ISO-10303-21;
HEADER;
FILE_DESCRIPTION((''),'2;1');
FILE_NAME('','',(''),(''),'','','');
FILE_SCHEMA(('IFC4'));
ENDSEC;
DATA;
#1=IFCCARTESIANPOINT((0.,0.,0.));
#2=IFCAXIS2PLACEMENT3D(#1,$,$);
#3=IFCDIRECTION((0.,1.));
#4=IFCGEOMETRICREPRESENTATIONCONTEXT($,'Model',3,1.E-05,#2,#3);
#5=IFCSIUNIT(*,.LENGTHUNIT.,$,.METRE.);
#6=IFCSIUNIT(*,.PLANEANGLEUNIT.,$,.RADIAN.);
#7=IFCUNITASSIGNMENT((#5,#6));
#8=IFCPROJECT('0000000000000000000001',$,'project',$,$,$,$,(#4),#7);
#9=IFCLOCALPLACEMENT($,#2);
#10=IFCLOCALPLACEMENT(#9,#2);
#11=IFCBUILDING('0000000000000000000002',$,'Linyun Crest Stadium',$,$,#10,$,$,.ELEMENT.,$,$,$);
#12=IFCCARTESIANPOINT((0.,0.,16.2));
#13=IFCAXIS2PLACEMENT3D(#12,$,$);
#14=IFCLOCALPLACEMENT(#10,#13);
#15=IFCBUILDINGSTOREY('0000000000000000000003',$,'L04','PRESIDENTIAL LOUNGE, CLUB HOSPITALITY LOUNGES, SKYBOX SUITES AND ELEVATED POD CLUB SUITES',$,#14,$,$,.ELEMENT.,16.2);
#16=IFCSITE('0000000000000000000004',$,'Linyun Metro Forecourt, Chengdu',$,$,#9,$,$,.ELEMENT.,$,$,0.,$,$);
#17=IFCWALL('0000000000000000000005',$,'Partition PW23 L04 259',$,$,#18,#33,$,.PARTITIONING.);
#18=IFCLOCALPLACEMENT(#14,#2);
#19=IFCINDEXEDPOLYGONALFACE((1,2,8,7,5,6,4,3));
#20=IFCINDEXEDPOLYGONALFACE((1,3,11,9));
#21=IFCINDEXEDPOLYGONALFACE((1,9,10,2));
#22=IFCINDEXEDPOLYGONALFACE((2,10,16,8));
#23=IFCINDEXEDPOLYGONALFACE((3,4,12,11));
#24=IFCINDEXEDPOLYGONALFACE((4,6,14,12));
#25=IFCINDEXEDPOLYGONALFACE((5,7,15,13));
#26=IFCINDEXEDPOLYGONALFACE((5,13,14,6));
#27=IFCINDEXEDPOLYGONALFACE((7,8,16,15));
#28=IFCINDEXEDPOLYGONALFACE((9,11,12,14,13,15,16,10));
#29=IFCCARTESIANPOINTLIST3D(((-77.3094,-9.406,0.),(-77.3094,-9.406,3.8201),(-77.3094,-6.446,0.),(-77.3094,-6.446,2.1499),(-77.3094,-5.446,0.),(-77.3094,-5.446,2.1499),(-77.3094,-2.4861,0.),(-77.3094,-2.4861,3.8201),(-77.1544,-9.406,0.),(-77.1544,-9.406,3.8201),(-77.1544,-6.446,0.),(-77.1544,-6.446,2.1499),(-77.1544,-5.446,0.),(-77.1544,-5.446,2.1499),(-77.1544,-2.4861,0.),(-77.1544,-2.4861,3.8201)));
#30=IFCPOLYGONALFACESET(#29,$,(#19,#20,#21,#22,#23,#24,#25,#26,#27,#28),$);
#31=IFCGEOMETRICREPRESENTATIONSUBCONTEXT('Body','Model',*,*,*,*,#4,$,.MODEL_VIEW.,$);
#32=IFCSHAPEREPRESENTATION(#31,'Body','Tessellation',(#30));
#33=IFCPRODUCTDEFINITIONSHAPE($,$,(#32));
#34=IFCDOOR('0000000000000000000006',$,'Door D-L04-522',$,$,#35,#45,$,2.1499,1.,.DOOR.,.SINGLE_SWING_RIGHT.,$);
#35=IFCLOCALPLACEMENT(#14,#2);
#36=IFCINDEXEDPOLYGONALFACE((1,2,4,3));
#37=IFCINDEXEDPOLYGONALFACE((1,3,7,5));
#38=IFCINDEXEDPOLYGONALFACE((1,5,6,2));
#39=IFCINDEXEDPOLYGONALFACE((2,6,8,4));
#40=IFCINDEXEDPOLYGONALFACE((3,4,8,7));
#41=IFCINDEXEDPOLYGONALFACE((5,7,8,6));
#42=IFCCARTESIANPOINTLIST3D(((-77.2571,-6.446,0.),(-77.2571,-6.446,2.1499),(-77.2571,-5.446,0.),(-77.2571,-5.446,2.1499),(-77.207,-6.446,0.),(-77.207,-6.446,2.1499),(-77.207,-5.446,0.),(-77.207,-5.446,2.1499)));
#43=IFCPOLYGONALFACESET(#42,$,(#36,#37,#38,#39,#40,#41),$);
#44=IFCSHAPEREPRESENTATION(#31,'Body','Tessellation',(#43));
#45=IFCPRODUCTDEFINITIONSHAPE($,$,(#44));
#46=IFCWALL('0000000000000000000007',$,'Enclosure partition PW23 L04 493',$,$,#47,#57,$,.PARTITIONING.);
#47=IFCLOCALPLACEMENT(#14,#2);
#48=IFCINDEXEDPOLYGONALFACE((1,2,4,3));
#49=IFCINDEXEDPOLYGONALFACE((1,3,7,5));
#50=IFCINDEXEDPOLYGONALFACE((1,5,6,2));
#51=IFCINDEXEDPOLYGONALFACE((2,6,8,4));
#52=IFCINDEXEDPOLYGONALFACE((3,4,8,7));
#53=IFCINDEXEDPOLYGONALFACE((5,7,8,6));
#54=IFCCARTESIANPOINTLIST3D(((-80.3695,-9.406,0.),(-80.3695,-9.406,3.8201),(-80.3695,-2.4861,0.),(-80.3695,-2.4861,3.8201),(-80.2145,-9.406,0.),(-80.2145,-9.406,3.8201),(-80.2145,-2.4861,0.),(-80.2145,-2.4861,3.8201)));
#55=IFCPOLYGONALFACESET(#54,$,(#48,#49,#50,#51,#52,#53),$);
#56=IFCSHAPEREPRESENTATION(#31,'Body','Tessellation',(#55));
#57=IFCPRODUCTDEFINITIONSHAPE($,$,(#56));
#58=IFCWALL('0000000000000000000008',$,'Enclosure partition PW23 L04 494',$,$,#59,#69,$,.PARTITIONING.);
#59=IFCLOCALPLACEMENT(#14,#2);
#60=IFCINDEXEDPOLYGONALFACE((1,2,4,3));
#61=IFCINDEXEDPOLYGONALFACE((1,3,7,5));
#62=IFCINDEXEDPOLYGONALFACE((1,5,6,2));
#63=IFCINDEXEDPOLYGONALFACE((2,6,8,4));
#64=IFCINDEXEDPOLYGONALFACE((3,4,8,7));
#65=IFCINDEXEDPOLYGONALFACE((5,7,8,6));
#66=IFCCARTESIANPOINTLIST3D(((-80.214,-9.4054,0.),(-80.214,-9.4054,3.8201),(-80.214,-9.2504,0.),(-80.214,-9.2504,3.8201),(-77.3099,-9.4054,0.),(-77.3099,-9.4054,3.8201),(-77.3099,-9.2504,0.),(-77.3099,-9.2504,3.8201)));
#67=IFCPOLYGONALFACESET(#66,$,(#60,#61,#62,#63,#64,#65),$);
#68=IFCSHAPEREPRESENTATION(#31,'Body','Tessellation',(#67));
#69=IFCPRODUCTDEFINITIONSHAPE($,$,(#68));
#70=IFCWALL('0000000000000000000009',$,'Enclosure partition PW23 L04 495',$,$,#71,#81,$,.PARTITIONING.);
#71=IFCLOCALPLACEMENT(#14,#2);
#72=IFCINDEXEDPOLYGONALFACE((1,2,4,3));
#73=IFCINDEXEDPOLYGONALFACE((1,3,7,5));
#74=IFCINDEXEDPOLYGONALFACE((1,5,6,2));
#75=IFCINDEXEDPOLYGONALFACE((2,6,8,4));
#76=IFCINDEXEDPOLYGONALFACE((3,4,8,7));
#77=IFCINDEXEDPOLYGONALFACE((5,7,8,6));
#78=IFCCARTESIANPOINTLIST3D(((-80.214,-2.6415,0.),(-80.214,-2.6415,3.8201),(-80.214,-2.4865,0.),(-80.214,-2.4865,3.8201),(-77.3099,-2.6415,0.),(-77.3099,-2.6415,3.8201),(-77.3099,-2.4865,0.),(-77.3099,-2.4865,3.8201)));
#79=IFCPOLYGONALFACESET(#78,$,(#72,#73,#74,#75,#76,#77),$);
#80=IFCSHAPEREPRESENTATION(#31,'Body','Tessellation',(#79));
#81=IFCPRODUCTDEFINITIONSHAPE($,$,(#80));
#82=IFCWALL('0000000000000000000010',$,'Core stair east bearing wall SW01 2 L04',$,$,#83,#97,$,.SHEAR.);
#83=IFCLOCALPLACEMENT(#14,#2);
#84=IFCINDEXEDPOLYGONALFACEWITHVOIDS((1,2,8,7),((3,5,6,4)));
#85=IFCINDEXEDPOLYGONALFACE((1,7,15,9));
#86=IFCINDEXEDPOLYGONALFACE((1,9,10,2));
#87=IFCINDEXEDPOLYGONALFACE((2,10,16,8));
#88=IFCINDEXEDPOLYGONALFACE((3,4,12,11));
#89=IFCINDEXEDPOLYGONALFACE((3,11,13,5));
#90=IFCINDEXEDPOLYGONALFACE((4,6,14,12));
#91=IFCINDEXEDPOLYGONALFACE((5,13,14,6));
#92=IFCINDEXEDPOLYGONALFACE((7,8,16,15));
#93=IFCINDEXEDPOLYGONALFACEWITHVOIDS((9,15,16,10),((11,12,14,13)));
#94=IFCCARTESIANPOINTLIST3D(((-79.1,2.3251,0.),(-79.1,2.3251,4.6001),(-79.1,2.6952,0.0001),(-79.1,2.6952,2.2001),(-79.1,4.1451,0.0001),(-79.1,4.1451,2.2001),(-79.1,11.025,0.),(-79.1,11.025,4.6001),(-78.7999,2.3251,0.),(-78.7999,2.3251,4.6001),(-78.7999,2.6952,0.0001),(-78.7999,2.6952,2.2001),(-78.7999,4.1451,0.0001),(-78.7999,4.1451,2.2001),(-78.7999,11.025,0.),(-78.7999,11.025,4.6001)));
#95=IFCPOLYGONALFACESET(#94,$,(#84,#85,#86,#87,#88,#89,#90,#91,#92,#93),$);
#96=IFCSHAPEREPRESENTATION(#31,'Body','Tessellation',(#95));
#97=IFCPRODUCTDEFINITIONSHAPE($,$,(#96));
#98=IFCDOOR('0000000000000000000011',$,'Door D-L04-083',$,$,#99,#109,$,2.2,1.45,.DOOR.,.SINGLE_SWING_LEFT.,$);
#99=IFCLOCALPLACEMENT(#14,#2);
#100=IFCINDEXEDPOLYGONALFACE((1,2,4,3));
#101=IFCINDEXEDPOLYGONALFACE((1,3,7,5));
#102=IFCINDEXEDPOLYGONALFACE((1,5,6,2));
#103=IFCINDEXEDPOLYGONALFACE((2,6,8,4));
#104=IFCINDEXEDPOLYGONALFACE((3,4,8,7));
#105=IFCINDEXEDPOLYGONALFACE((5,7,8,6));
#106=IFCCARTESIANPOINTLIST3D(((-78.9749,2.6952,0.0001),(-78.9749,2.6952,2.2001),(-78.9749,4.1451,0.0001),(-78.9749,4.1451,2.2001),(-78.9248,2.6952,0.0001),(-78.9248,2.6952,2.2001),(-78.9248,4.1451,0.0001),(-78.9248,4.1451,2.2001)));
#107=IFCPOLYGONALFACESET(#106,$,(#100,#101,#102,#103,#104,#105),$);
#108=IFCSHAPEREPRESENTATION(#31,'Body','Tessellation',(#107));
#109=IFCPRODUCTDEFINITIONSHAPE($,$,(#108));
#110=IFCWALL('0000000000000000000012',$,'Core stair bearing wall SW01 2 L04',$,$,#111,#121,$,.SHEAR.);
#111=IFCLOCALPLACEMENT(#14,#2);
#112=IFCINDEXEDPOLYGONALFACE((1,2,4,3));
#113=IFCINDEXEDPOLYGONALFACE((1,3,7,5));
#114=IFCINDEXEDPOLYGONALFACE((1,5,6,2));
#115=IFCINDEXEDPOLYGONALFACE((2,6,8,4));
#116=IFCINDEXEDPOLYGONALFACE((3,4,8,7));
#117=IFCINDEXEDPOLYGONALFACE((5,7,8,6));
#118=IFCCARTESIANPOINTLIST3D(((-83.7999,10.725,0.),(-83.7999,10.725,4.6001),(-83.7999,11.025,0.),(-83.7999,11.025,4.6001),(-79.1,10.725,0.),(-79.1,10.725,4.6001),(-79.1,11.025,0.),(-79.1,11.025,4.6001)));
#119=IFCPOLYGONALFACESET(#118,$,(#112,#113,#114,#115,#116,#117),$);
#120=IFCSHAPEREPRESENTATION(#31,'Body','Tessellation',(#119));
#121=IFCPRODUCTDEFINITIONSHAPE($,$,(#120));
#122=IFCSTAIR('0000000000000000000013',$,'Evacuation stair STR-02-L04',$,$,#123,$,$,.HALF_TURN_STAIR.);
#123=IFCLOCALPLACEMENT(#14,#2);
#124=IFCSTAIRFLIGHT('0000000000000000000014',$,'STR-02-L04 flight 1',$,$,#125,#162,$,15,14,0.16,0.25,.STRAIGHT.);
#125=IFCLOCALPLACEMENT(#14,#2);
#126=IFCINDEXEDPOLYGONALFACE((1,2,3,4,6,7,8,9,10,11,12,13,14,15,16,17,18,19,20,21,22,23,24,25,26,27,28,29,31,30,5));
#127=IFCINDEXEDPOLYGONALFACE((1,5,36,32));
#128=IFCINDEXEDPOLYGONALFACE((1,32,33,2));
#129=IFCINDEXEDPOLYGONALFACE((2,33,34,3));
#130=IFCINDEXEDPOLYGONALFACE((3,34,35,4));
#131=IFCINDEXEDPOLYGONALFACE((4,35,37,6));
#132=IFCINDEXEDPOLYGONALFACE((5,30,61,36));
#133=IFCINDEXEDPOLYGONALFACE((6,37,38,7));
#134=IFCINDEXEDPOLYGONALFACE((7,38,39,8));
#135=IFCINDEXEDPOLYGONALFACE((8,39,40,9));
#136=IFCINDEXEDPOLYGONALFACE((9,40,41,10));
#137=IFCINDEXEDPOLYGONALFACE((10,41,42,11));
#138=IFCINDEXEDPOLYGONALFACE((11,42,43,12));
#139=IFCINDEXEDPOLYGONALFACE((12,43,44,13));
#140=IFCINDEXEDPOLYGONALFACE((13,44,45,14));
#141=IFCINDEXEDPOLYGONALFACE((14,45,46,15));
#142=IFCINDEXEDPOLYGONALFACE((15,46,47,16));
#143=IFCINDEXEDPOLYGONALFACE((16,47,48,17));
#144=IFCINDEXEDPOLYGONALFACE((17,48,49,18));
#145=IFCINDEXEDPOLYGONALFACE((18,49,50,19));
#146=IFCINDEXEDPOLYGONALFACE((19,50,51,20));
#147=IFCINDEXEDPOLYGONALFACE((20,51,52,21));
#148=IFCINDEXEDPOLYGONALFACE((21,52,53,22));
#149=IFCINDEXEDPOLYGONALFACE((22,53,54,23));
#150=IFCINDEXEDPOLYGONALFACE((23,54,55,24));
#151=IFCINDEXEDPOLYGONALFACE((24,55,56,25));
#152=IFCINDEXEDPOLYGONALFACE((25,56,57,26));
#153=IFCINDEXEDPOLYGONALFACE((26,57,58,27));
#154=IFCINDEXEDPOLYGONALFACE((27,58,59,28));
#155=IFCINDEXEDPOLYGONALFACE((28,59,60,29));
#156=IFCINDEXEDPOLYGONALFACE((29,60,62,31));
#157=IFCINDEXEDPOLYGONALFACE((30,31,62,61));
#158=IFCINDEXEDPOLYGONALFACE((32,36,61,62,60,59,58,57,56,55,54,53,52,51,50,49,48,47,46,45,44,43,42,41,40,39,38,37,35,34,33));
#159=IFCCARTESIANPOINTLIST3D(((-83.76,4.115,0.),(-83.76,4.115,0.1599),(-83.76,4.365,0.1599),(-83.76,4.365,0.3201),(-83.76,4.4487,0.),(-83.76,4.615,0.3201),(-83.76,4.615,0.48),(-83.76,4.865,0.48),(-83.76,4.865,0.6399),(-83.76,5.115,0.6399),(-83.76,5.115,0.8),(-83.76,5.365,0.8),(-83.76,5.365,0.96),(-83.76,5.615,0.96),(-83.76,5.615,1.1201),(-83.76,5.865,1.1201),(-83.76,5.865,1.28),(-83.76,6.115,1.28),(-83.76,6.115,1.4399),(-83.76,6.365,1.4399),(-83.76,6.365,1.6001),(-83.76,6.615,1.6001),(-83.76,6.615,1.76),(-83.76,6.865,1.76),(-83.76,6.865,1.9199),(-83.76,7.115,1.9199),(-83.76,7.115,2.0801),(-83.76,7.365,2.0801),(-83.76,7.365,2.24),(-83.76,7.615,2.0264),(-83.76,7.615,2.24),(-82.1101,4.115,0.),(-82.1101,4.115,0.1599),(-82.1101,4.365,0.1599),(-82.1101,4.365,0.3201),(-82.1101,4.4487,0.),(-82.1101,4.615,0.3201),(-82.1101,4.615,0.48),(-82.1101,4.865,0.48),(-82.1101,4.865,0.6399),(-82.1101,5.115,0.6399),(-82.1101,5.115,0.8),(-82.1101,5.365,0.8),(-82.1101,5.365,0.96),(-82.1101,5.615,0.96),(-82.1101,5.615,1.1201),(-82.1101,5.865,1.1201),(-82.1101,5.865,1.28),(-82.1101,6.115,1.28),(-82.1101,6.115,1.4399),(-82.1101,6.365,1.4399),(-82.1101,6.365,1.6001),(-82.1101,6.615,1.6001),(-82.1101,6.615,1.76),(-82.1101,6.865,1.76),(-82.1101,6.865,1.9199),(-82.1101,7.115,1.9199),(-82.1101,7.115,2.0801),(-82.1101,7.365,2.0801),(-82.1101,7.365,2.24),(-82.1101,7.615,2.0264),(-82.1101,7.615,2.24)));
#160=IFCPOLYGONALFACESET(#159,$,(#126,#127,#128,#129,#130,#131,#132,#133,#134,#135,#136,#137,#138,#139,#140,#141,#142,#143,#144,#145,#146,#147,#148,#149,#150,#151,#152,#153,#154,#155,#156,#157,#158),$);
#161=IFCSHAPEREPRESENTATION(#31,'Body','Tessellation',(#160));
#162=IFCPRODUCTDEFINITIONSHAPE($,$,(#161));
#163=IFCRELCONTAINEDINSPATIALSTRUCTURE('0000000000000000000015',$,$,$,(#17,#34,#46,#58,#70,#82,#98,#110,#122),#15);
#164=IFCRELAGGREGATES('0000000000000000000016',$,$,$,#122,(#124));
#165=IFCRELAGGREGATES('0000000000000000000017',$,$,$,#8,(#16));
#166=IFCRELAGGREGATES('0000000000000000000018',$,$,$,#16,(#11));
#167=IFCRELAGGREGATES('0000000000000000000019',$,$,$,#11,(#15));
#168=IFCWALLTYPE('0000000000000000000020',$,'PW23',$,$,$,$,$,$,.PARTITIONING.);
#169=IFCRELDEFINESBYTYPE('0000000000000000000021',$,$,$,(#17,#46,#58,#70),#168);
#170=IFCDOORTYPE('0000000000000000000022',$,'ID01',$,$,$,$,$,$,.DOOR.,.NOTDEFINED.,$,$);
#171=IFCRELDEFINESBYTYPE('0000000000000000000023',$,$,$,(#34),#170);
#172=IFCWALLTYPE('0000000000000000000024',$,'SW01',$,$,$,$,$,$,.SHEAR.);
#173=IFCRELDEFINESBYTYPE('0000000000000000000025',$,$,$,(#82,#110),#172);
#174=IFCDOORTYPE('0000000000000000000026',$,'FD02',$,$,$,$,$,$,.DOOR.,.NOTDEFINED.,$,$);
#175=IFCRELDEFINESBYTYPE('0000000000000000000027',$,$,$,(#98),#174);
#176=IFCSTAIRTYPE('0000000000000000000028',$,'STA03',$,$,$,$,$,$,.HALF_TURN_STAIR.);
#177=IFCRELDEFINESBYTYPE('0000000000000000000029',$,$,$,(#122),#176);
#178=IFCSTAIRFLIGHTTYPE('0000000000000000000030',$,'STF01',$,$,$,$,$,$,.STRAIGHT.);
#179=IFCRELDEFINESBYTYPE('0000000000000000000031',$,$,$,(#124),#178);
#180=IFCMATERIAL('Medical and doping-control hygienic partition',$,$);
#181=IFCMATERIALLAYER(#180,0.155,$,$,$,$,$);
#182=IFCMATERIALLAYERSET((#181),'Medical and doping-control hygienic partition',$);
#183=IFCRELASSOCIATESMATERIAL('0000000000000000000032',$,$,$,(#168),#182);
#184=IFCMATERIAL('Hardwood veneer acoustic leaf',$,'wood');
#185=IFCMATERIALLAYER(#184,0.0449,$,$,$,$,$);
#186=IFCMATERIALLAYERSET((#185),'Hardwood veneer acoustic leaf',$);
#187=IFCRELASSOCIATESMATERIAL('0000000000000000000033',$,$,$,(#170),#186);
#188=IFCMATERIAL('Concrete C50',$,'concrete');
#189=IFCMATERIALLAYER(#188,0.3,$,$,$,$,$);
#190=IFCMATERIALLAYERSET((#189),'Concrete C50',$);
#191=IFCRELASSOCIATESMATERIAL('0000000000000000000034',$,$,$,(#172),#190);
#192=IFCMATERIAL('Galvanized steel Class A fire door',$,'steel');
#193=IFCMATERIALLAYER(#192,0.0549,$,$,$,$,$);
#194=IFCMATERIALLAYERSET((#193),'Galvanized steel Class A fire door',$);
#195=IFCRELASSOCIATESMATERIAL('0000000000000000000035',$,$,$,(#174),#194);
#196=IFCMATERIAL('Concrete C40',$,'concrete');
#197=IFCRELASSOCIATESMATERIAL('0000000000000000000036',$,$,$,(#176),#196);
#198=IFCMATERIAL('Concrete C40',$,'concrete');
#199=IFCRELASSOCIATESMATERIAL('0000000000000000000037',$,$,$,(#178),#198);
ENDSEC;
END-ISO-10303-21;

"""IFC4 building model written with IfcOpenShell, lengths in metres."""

from ifc_helpers import new_model, si_unit, direction, frame, frame_2d, origin, place, context, subcontext, project, spatial, polyline, rectangle, outline, extrude, material, layer, layer_set, type_object, element, fill, aggregate, save


model = new_model("IFC4")

# Units and contexts
model_context = context("Model", 3, precision=1e-05, world=origin(), true_north=direction((0.0, 1.0)))
body_context = subcontext(model_context, "Body", "Model", "MODEL_VIEW")
ifc_project = project(units=[si_unit("LENGTHUNIT", "METRE"), si_unit("PLANEANGLEUNIT", "RADIAN")], contexts=[model_context])

# Site, building, storey
site_placement = place(None, origin())
site = spatial("IfcSite", under=ifc_project, at=site_placement, Name="Linyun Metro Forecourt, Chengdu", CompositionType="ELEMENT", RefElevation=0.0)
building_placement = place(site_placement, origin())
building = spatial("IfcBuilding", under=site, at=building_placement, Name="Linyun Crest Stadium", CompositionType="ELEMENT")
storey_placement = place(building_placement, frame((0.0, 0.0, 16.2)))
storey = spatial("IfcBuildingStorey", under=building, at=storey_placement, Name="L04", Description="PRESIDENTIAL LOUNGE, CLUB HOSPITALITY LOUNGES, SKYBOX SUITES AND ELEVATED POD CLUB SUITES", CompositionType="ELEMENT", Elevation=16.2)

# Wall, opening, door
ifc_material_1 = material(Name="Medical and doping-control hygienic partition")
ifc_layer_1 = layer(ifc_material_1, 0.155)
ifc_layer_set_1 = layer_set([ifc_layer_1], Name="Medical and doping-control hygienic partition")
wall_type_1 = type_object("IfcWallType", Name="PW23", PredefinedType="PARTITIONING", material=ifc_layer_set_1)
wall_1_placement = place(storey_placement, frame((-77.2319, -2.4861, 0.0), z_axis=(0.0, 0.0, 1.0), x_axis=(0.0, -1.0, 0.0)))
wall_1 = element("IfcWall", 1, at=wall_1_placement, inside=storey, type_object=wall_type_1, Name="Partition PW23 L04 259", PredefinedType="PARTITIONING", context=body_context, shape_type="SweptSolid", body=[
    extrude(rectangle(XDim=6.9199, YDim=0.155, at=frame_2d((3.46, 0.0))), origin(), (0.0, 0.0, 1.0), 3.8201),
])
opening_1_placement = place(wall_1_placement, frame((2.96, 0.0, 0.0)))
opening_1 = element("IfcOpeningElement", 2, at=opening_1_placement, cuts=wall_1, PredefinedType="OPENING", context=body_context, shape_type="SweptSolid", body=[
    extrude(rectangle(XDim=1.0, YDim=2.1499, at=frame_2d((0.5, 1.075))), frame((0.0, 0.0874, 0.0), z_axis=(0.0, -1.0, 0.0), x_axis=(1.0, 0.0, 0.0)), (0.0, 0.0, 1.0), 0.175),
])
ifc_material_2 = material(Name="Hardwood veneer acoustic leaf", Category="wood")
ifc_layer_2 = layer(ifc_material_2, 0.0449)
ifc_layer_set_2 = layer_set([ifc_layer_2], Name="Hardwood veneer acoustic leaf")
door_type_1 = type_object("IfcDoorType", Name="ID01", OperationType="NOTDEFINED", PredefinedType="DOOR", material=ifc_layer_set_2)
door_1_placement = place(opening_1_placement, origin())
door_1 = element("IfcDoor", 3, at=door_1_placement, inside=storey, type_object=door_type_1, Name="Door D-L04-522", OperationType="SINGLE_SWING_RIGHT", OverallHeight=2.1499, OverallWidth=1.0, PredefinedType="DOOR", context=body_context, shape_type="SweptSolid", body=[
    extrude(rectangle(XDim=1.0, YDim=2.1499, at=frame_2d((0.5, 1.075))), frame((0.0, 0.0249, 0.0), z_axis=(0.0, -1.0, 0.0), x_axis=(1.0, 0.0, 0.0)), (0.0, 0.0, 1.0), 0.05),
])
fill(opening_1, door_1)

# Walls
wall_2_placement = place(storey_placement, frame((-80.292, -9.406, 0.0), z_axis=(0.0, 0.0, 1.0), x_axis=(0.0, 1.0, 0.0)))
element("IfcWall", 4, at=wall_2_placement, inside=storey, type_object=wall_type_1, Name="Enclosure partition PW23 L04 493", PredefinedType="PARTITIONING", context=body_context, shape_type="SweptSolid", body=[
    extrude(rectangle(XDim=6.9199, YDim=0.155, at=frame_2d((3.46, 0.0))), origin(), (0.0, 0.0, 1.0), 3.8201),
])
for number, where, z_axis, x_axis, name in (
    (5, (-80.2141, -9.3279, 0.0), (0.0, 0.0, 1.0), (1.0, 0.0, 0.0), "Enclosure partition PW23 L04 494"),
    (6, (-80.2141, -2.564, 0.0), (0.0, 0.0, 1.0), (1.0, 0.0, 0.0), "Enclosure partition PW23 L04 495"),
):
    element("IfcWall", number, at=place(storey_placement, frame(where, z_axis=z_axis, x_axis=x_axis)), inside=storey, type_object=wall_type_1, Name=name, PredefinedType="PARTITIONING", context=body_context, shape_type="SweptSolid", body=[
        extrude(rectangle(XDim=2.9041, YDim=0.155, at=frame_2d((1.4521, 0.0))), origin(), (0.0, 0.0, 1.0), 3.8201),
    ])

# Wall, opening, door
ifc_material_3 = material(Name="Concrete C50", Category="concrete")
ifc_layer_3 = layer(ifc_material_3, 0.3)
ifc_layer_set_3 = layer_set([ifc_layer_3], Name="Concrete C50")
wall_type_2 = type_object("IfcWallType", Name="SW01", PredefinedType="SHEAR", material=ifc_layer_set_3)
wall_3_placement = place(storey_placement, frame((-78.95, 2.325, 0.0), z_axis=(0.0, 0.0, 1.0), x_axis=(0.0, 1.0, 0.0)))
wall_3 = element("IfcWall", 7, at=wall_3_placement, inside=storey, type_object=wall_type_2, Name="Core stair east bearing wall SW01 2 L04", PredefinedType="SHEAR", context=body_context, shape_type="SweptSolid", body=[
    extrude(rectangle(XDim=8.7, YDim=0.3, at=frame_2d((4.3501, 0.0))), origin(), (0.0, 0.0, 1.0), 4.6001),
])
opening_2_placement = place(wall_3_placement, frame((0.3701, 0.0, 0.0)))
opening_2 = element("IfcOpeningElement", 8, at=opening_2_placement, cuts=wall_3, PredefinedType="OPENING", context=body_context, shape_type="SweptSolid", body=[
    extrude(rectangle(XDim=1.45, YDim=2.2, at=frame_2d((0.7251, 1.1001))), frame((0.0, 0.1599, 0.0), z_axis=(0.0, -1.0, 0.0), x_axis=(1.0, 0.0, 0.0)), (0.0, 0.0, 1.0), 0.3201),
])
ifc_material_4 = material(Name="Galvanized steel Class A fire door", Category="steel")
ifc_layer_4 = layer(ifc_material_4, 0.0549)
ifc_layer_set_4 = layer_set([ifc_layer_4], Name="Galvanized steel Class A fire door")
door_type_2 = type_object("IfcDoorType", Name="FD02", OperationType="NOTDEFINED", PredefinedType="DOOR", material=ifc_layer_set_4)
door_2_placement = place(opening_2_placement, origin())
door_2 = element("IfcDoor", 9, at=door_2_placement, inside=storey, type_object=door_type_2, Name="Door D-L04-083", OperationType="SINGLE_SWING_LEFT", OverallHeight=2.2, OverallWidth=1.45, PredefinedType="DOOR", context=body_context, shape_type="SweptSolid", body=[
    extrude(rectangle(XDim=1.45, YDim=2.2, at=frame_2d((0.7251, 1.1001))), frame((0.0, 0.0249, 0.0), z_axis=(0.0, -1.0, 0.0), x_axis=(1.0, 0.0, 0.0)), (0.0, 0.0, 1.0), 0.05),
])
fill(opening_2, door_2)

# Wall
wall_4_placement = place(storey_placement, frame((-83.8, 10.875, 0.0), z_axis=(0.0, 0.0, 1.0), x_axis=(1.0, 0.0, 0.0)))
element("IfcWall", 10, at=wall_4_placement, inside=storey, type_object=wall_type_2, Name="Core stair bearing wall SW01 2 L04", PredefinedType="SHEAR", context=body_context, shape_type="SweptSolid", body=[
    extrude(rectangle(XDim=4.7, YDim=0.3, at=frame_2d((2.3501, 0.0))), origin(), (0.0, 0.0, 1.0), 4.6001),
])

# Stair, stair flight
ifc_material_5 = material(Name="Concrete C40", Category="concrete")
stair_type = type_object("IfcStairType", Name="STA03", PredefinedType="HALF_TURN_STAIR", material=ifc_material_5)
stair_placement = place(storey_placement, origin())
stair = element("IfcStair", 11, at=stair_placement, inside=storey, type_object=stair_type, Name="Evacuation stair STR-02-L04", PredefinedType="HALF_TURN_STAIR")
ifc_material_6 = material(Name="Concrete C40", Category="concrete")
stair_flight_type = type_object("IfcStairFlightType", Name="STF01", PredefinedType="STRAIGHT", material=ifc_material_6)
stair_flight_1_placement = place(storey_placement, frame((-82.9351, 4.115, 0.0), z_axis=(0.0, 0.0, 1.0), x_axis=(0.0, 1.0, 0.0)))
stair_flight_1 = element("IfcStairFlight", 12, at=stair_flight_1_placement, type_object=stair_flight_type, Name="STR-02-L04 flight 1", NumberOfRisers=15, NumberOfTreads=14, PredefinedType="STRAIGHT", RiserHeight=0.16, TreadLength=0.25, context=body_context, shape_type="SweptSolid", body=[
    extrude(outline(polyline([(0.0, 0.0), (0.0, 0.1599), (0.25, 0.1599), (0.25, 0.3201), (0.5, 0.3201), (0.5, 0.48), (0.75, 0.48), (0.75, 0.6399), (1.0, 0.6399), (1.0, 0.8), (1.25, 0.8), (1.25, 0.96), (1.5, 0.96), (1.5, 1.1201), (1.75, 1.1201), (1.75, 1.28), (2.0, 1.28), (2.0, 1.4399), (2.25, 1.4399), (2.25, 1.6001), (2.5, 1.6001), (2.5, 1.76), (2.75, 1.76), (2.75, 1.9199), (3.0, 1.9199), (3.0, 2.0801), (3.25, 2.0801), (3.25, 2.24), (3.5, 2.24), (3.5, 2.3999), (3.5, 2.0264), (0.3337, 0.0), (0.0, 0.0)])), frame((0.0, 0.825, 0.0), z_axis=(0.0, -1.0, 0.0), x_axis=(1.0, 0.0, 0.0)), (0.0, 0.0, 1.0), 1.6499),
])
aggregate(stair, [stair_flight_1])

save(model, "model.ifc")
